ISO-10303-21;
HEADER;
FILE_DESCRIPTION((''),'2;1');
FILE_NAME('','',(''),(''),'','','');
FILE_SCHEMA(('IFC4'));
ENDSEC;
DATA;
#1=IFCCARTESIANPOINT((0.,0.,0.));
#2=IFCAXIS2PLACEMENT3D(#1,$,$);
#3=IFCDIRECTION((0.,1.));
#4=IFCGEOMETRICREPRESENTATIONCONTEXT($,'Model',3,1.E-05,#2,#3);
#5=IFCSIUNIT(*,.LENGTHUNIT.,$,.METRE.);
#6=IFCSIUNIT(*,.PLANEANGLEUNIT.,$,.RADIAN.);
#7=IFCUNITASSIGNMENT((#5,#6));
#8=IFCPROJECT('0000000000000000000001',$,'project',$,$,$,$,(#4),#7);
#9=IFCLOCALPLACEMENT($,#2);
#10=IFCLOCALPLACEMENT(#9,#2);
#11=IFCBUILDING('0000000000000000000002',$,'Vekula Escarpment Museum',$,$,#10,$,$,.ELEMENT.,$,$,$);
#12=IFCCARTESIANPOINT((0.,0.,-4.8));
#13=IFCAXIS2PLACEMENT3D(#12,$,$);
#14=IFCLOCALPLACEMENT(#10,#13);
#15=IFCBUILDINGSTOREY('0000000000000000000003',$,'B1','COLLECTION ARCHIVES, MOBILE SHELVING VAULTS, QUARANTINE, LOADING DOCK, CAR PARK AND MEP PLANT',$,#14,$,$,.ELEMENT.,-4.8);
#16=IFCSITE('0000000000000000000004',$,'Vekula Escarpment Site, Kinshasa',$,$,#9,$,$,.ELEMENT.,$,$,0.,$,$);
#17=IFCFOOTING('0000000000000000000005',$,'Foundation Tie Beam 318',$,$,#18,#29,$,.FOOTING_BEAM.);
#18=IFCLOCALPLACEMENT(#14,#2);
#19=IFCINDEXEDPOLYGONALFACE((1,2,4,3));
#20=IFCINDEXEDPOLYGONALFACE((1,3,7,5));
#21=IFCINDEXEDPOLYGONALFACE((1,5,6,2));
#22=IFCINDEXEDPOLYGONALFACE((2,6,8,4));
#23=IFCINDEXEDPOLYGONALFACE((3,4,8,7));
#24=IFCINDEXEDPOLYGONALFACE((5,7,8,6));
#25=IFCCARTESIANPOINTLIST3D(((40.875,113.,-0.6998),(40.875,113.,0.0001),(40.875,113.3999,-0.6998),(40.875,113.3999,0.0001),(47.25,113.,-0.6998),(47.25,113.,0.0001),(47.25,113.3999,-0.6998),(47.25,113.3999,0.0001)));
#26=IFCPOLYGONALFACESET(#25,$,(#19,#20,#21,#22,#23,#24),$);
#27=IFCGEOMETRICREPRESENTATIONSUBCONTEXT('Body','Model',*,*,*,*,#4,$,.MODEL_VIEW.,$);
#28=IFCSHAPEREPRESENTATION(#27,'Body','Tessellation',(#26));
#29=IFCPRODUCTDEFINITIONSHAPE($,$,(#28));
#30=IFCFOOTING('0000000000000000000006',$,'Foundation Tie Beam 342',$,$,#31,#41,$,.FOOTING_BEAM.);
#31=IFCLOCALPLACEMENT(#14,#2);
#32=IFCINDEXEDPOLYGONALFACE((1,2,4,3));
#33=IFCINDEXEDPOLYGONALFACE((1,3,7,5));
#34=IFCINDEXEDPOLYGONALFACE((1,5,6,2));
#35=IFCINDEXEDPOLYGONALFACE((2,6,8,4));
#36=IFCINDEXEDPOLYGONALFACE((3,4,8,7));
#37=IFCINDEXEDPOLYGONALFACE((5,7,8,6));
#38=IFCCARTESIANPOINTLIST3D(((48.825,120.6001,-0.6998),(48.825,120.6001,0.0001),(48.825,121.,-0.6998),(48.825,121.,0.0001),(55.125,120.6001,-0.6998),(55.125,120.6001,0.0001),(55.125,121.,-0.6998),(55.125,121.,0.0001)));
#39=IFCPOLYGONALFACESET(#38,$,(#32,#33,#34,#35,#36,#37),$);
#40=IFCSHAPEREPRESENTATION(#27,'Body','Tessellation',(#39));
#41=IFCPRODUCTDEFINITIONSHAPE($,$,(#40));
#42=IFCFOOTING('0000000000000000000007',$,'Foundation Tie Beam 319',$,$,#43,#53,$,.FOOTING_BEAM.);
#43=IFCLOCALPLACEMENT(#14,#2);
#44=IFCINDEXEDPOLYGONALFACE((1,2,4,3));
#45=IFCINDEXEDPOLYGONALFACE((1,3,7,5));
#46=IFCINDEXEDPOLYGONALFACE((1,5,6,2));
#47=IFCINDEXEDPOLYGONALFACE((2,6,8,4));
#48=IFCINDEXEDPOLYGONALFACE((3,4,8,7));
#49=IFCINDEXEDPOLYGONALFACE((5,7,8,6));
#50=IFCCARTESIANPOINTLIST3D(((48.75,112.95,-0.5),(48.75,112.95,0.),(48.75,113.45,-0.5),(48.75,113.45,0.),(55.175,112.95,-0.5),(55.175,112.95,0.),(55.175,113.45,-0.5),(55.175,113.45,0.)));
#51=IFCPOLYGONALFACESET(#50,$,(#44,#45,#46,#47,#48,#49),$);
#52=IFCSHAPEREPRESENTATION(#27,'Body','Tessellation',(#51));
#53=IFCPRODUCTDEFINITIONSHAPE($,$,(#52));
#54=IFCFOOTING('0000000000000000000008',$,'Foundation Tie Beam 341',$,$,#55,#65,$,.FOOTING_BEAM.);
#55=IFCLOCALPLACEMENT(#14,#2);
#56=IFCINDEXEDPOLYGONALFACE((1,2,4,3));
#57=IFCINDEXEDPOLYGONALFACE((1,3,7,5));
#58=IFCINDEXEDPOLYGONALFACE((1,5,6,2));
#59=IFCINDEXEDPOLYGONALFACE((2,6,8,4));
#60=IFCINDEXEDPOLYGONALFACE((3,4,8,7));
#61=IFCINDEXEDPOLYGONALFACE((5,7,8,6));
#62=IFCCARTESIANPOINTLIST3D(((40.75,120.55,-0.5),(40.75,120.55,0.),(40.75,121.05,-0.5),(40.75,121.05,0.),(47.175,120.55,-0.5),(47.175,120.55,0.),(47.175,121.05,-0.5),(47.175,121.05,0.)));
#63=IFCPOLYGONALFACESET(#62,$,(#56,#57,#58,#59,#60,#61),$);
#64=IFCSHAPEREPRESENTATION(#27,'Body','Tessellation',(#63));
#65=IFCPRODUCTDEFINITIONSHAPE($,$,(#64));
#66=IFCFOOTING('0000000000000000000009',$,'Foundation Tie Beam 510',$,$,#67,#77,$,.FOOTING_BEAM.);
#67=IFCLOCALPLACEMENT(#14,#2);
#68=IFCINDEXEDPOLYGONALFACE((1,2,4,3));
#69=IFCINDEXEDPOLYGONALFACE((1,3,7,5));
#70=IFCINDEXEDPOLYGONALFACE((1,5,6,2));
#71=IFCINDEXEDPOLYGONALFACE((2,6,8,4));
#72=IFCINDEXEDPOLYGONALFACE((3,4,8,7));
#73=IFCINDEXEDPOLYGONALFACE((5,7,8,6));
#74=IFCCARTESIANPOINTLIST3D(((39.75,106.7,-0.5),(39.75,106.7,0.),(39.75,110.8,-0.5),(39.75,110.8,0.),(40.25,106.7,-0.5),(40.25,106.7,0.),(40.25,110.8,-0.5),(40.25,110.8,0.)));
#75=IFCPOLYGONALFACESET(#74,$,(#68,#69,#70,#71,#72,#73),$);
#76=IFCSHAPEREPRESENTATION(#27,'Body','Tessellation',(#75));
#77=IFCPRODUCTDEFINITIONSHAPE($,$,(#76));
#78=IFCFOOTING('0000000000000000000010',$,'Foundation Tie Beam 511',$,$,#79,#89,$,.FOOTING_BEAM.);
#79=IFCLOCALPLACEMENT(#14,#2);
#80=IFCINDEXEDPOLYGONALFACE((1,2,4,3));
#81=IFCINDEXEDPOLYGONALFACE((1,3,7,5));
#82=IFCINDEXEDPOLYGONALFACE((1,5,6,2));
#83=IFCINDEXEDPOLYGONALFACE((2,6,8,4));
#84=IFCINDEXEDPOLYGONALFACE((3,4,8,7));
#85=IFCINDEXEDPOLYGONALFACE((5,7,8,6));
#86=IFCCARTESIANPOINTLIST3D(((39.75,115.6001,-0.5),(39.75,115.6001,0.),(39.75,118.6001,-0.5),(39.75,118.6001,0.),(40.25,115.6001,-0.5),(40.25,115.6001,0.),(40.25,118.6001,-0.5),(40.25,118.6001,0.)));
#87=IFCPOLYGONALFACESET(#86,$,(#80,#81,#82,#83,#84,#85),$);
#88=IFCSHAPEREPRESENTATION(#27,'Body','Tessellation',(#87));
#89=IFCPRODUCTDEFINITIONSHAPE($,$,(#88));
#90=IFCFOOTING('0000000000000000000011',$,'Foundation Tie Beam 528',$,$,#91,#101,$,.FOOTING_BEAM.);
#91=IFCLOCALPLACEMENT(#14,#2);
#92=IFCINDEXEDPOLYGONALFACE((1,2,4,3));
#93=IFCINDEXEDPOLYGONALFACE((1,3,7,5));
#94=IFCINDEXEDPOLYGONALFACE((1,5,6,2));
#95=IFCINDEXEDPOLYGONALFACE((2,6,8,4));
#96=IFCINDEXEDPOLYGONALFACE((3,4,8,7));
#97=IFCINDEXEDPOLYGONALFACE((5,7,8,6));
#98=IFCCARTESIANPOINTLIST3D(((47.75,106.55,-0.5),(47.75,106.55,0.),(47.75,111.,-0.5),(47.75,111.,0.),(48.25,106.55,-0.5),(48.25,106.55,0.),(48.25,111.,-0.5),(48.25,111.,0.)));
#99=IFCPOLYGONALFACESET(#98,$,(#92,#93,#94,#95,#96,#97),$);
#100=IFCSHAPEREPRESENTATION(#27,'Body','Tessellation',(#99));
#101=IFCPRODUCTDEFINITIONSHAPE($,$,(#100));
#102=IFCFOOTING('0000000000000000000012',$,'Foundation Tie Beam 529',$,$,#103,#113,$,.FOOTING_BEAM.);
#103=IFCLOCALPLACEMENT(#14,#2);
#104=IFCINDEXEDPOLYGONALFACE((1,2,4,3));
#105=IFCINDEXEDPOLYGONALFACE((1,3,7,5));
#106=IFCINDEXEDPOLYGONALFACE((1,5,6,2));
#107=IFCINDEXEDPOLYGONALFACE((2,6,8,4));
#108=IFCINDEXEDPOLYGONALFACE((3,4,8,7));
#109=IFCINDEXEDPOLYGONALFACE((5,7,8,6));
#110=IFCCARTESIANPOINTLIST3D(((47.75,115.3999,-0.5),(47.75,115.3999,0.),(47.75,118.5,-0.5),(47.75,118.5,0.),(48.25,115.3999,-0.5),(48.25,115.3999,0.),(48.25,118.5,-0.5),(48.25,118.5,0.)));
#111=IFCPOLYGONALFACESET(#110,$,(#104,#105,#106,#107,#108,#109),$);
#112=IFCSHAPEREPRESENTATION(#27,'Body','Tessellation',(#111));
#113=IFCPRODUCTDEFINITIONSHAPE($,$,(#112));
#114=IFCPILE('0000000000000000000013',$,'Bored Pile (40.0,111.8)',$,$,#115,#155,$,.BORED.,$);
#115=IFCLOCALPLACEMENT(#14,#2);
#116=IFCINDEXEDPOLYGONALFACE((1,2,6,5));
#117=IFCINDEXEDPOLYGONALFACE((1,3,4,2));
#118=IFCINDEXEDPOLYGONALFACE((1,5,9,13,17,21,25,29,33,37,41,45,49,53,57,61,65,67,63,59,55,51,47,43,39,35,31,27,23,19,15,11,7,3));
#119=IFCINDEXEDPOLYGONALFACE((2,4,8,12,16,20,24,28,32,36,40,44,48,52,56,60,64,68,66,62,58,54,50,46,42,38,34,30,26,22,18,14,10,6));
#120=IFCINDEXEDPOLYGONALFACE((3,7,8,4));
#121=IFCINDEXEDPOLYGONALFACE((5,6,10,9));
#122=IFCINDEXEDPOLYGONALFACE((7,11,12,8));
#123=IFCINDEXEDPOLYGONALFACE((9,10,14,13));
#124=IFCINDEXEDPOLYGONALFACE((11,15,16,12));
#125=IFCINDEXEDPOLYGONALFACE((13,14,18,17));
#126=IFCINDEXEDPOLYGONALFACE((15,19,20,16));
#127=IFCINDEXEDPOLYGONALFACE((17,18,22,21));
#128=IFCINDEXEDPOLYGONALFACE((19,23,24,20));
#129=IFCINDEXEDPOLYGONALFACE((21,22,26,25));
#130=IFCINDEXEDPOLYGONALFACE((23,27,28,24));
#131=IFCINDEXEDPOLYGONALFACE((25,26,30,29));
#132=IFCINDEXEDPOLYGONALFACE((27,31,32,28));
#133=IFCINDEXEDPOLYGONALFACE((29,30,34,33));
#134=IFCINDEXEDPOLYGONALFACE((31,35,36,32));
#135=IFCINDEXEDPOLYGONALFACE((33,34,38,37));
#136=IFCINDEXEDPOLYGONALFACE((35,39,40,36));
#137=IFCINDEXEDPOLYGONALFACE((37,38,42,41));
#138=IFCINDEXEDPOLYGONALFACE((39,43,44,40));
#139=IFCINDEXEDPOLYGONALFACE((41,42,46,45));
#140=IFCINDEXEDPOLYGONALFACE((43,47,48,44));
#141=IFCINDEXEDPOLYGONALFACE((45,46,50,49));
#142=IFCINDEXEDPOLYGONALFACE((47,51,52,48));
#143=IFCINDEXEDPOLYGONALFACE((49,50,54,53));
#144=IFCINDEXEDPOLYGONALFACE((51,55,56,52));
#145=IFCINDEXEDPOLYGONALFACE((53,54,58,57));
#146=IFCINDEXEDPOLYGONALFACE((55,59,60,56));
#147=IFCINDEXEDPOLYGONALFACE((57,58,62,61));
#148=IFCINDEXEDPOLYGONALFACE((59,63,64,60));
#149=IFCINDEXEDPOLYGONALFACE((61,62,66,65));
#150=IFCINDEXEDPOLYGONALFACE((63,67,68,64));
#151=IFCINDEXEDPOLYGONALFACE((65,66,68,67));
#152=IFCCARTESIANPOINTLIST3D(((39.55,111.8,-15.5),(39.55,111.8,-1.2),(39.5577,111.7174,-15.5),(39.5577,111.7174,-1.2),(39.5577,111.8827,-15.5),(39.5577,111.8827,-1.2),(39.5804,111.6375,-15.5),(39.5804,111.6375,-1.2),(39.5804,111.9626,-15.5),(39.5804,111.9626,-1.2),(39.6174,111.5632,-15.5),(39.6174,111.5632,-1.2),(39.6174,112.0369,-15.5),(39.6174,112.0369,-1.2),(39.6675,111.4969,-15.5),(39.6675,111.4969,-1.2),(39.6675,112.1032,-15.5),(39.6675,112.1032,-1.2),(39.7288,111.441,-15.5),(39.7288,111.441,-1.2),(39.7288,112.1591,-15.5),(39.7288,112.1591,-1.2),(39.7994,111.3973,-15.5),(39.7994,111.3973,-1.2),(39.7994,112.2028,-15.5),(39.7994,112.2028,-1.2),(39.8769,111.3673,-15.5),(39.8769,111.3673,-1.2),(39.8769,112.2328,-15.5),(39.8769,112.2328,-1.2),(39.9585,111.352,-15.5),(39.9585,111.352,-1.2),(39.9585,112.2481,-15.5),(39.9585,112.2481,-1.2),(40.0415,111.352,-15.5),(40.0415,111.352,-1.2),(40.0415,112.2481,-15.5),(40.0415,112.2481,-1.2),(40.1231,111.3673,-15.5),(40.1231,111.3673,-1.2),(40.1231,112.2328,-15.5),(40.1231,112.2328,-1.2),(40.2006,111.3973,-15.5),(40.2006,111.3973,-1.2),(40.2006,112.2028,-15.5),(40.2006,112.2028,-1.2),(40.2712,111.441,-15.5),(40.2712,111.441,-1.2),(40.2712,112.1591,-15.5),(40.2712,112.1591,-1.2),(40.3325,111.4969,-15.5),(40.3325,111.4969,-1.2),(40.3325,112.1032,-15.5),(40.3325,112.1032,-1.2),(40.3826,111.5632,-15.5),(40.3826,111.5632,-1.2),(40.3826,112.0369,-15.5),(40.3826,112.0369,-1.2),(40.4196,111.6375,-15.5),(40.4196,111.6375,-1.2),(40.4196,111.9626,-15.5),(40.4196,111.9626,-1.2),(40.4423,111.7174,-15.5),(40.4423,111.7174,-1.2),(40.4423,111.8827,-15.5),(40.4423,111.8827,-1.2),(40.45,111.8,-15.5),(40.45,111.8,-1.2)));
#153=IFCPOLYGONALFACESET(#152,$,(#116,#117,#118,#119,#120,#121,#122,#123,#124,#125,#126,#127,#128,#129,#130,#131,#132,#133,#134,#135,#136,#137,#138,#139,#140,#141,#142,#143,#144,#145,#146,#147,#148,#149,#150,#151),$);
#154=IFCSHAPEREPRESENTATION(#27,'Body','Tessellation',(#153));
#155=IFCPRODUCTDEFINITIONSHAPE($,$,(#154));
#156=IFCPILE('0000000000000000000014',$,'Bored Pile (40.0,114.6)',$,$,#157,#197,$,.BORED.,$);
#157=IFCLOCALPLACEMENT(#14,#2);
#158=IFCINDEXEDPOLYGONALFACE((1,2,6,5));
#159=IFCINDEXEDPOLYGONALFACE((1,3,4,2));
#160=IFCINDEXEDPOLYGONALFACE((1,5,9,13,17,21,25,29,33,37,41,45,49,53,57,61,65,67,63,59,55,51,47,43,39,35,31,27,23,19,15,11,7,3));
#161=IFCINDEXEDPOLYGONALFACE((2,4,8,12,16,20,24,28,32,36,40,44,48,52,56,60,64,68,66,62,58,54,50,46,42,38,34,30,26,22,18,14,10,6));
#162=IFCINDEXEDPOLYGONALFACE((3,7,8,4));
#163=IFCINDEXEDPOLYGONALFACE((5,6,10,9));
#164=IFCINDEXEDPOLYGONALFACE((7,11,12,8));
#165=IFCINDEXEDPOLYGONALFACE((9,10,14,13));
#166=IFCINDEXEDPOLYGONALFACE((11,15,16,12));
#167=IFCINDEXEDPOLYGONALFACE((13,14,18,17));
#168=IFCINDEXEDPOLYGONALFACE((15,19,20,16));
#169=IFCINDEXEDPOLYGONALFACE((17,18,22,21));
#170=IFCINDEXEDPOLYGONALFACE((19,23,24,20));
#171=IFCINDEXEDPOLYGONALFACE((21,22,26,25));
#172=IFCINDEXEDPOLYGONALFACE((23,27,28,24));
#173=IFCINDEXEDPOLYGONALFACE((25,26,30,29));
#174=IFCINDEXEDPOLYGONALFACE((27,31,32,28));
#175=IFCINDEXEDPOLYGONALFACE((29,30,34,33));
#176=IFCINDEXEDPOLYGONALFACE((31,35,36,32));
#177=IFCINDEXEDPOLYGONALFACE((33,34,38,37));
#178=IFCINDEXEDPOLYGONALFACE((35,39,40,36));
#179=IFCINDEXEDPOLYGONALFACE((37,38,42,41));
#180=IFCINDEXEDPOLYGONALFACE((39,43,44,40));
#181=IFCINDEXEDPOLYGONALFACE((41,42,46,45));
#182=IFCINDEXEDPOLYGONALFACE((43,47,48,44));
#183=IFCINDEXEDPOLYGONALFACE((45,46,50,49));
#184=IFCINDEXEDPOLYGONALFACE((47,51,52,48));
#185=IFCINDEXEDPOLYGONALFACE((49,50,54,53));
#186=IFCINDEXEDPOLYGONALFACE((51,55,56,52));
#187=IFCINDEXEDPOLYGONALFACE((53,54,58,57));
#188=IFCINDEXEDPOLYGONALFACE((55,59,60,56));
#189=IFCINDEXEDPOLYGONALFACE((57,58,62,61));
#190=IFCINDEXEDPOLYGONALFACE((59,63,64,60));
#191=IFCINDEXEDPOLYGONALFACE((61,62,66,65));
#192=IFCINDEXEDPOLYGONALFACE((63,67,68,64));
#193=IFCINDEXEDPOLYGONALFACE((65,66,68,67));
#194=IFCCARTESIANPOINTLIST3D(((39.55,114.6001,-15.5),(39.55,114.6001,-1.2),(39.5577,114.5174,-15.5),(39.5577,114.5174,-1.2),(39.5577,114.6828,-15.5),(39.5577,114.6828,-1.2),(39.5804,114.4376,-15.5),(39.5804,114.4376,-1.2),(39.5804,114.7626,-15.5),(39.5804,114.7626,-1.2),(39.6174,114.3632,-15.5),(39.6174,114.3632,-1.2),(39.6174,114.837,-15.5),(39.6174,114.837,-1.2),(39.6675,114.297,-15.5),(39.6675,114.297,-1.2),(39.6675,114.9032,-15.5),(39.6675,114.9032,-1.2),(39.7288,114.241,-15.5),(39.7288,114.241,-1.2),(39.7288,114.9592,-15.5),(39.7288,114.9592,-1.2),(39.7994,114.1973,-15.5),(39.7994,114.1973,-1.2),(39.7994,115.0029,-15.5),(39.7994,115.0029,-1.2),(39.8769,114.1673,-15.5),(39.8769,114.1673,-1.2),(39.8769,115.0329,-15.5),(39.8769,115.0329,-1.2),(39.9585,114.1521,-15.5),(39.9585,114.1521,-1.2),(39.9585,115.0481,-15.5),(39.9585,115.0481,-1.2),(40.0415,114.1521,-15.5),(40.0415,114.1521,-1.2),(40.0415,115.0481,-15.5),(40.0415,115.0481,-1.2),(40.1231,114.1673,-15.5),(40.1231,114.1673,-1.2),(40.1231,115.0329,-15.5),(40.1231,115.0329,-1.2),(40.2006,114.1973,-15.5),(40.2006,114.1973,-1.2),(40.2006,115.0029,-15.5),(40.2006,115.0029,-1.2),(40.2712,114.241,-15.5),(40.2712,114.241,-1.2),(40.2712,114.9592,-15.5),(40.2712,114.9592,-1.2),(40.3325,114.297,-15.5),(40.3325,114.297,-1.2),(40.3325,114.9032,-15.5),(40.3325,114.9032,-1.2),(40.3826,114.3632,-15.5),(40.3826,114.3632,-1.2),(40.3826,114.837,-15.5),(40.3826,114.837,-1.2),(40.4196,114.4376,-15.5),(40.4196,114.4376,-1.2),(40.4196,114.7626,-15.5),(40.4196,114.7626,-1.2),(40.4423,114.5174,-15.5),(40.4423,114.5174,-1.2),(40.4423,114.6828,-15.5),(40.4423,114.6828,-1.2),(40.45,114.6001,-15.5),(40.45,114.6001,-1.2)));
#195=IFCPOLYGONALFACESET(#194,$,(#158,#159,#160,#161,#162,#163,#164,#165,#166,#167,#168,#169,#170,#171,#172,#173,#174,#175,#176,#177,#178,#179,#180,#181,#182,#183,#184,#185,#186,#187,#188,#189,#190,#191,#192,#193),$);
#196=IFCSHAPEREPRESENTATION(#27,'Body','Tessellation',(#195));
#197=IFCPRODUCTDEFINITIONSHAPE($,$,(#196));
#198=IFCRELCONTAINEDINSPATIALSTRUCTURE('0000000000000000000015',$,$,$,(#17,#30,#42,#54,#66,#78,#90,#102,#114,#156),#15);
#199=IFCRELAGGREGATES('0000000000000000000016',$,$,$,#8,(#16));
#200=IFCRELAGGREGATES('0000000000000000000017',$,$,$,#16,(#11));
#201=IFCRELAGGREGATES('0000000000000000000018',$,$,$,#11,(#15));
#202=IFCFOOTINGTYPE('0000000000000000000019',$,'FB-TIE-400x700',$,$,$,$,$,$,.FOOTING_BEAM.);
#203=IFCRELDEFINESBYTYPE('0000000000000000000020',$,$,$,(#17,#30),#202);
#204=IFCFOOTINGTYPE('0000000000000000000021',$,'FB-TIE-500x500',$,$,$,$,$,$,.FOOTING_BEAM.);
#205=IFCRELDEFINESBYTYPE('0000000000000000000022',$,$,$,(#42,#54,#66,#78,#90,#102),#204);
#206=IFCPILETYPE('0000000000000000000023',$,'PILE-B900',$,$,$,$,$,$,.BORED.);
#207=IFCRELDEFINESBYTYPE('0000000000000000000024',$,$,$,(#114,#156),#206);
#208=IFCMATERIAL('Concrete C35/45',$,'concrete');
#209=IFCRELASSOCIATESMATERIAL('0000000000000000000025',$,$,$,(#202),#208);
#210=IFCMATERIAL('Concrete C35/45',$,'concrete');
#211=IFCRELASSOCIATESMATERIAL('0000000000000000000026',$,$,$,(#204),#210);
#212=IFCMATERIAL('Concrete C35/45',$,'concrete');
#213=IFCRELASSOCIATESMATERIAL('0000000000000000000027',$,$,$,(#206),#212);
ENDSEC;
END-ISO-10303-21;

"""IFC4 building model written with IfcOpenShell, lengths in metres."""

from ifc_helpers import new_model, si_unit, direction, frame, origin, origin_2d, place, context, subcontext, project, spatial, rectangle, circle, extrude, material, material_profile, profile_set, type_object, element, save


model = new_model("IFC4")

# Units and contexts
model_context = context("Model", 3, precision=1e-05, world=origin(), true_north=direction((0.0, 1.0)))
body_context = subcontext(model_context, "Body", "Model", "MODEL_VIEW")
ifc_project = project(units=[si_unit("LENGTHUNIT", "METRE"), si_unit("PLANEANGLEUNIT", "RADIAN")], contexts=[model_context])

# Site, building, storey
site_placement = place(None, origin())
site = spatial("IfcSite", under=ifc_project, at=site_placement, Name="Vekula Escarpment Site, Kinshasa", CompositionType="ELEMENT", RefElevation=0.0)
building_placement = place(site_placement, origin())
building = spatial("IfcBuilding", under=site, at=building_placement, Name="Vekula Escarpment Museum", CompositionType="ELEMENT")
storey_placement = place(building_placement, frame((0.0, 0.0, -4.8)))
storey = spatial("IfcBuildingStorey", under=building, at=storey_placement, Name="B1", Description="COLLECTION ARCHIVES, MOBILE SHELVING VAULTS, QUARANTINE, LOADING DOCK, CAR PARK AND MEP PLANT", CompositionType="ELEMENT", Elevation=-4.8)

# Footings
ifc_material_1 = material(Name="Concrete C35/45", Category="concrete")
ifc_material_profile_1 = material_profile(ifc_material_1, rectangle(XDim=0.3999, YDim=0.7, at=origin_2d()), Name="RC 400x700")
ifc_profile_set_1 = profile_set([ifc_material_profile_1], Name="Concrete C35/45")
footing_type_1 = type_object("IfcFootingType", Name="FB-TIE-400x700", PredefinedType="FOOTING_BEAM", material=ifc_profile_set_1)
footing_1_placement = place(storey_placement, frame((40.875, 113.2, -0.3499), z_axis=(1.0, 0.0, 0.0), x_axis=(0.0, 1.0, 0.0)))
element("IfcFooting", 1, at=footing_1_placement, inside=storey, type_object=footing_type_1, Name="Foundation Tie Beam 318", PredefinedType="FOOTING_BEAM", context=body_context, shape_type="SweptSolid", body=[
    extrude(rectangle(XDim=0.3999, YDim=0.7, at=origin_2d()), origin(), (0.0, 0.0, 1.0), 6.375),
])
footing_2_placement = place(storey_placement, frame((48.825, 120.8, -0.3499), z_axis=(1.0, 0.0, 0.0), x_axis=(0.0, 1.0, 0.0)))
element("IfcFooting", 2, at=footing_2_placement, inside=storey, type_object=footing_type_1, Name="Foundation Tie Beam 342", PredefinedType="FOOTING_BEAM", context=body_context, shape_type="SweptSolid", body=[
    extrude(rectangle(XDim=0.3999, YDim=0.7, at=origin_2d()), origin(), (0.0, 0.0, 1.0), 6.3),
])
ifc_material_2 = material(Name="Concrete C35/45", Category="concrete")
ifc_material_profile_2 = material_profile(ifc_material_2, rectangle(XDim=0.5, YDim=0.5, at=origin_2d()), Name="RC 500x500")
ifc_profile_set_2 = profile_set([ifc_material_profile_2], Name="Concrete C35/45")
footing_type_2 = type_object("IfcFootingType", Name="FB-TIE-500x500", PredefinedType="FOOTING_BEAM", material=ifc_profile_set_2)
for number, where, z_axis, x_axis, name in (
    (3, (48.75, 113.2, -0.25), (1.0, 0.0, 0.0), (0.0, 1.0, 0.0), "Foundation Tie Beam 319"),
    (4, (40.75, 120.8, -0.25), (1.0, 0.0, 0.0), (0.0, 1.0, 0.0), "Foundation Tie Beam 341"),
):
    element("IfcFooting", number, at=place(storey_placement, frame(where, z_axis=z_axis, x_axis=x_axis)), inside=storey, type_object=footing_type_2, Name=name, PredefinedType="FOOTING_BEAM", context=body_context, shape_type="SweptSolid", body=[
        extrude(rectangle(XDim=0.5, YDim=0.5, at=origin_2d()), origin(), (0.0, 0.0, 1.0), 6.425),
    ])
footing_3_placement = place(storey_placement, frame((40.0, 106.7, -0.25), z_axis=(0.0, 1.0, 0.0), x_axis=(-1.0, 0.0, 0.0)))
element("IfcFooting", 5, at=footing_3_placement, inside=storey, type_object=footing_type_2, Name="Foundation Tie Beam 510", PredefinedType="FOOTING_BEAM", context=body_context, shape_type="SweptSolid", body=[
    extrude(rectangle(XDim=0.5, YDim=0.5, at=origin_2d()), origin(), (0.0, 0.0, 1.0), 4.1001),
])
footing_4_placement = place(storey_placement, frame((40.0, 115.6001, -0.25), z_axis=(0.0, 1.0, 0.0), x_axis=(-1.0, 0.0, 0.0)))
element("IfcFooting", 6, at=footing_4_placement, inside=storey, type_object=footing_type_2, Name="Foundation Tie Beam 511", PredefinedType="FOOTING_BEAM", context=body_context, shape_type="SweptSolid", body=[
    extrude(rectangle(XDim=0.5, YDim=0.5, at=origin_2d()), origin(), (0.0, 0.0, 1.0), 3.0),
])
footing_5_placement = place(storey_placement, frame((48.0, 106.55, -0.25), z_axis=(0.0, 1.0, 0.0), x_axis=(-1.0, 0.0, 0.0)))
element("IfcFooting", 7, at=footing_5_placement, inside=storey, type_object=footing_type_2, Name="Foundation Tie Beam 528", PredefinedType="FOOTING_BEAM", context=body_context, shape_type="SweptSolid", body=[
    extrude(rectangle(XDim=0.5, YDim=0.5, at=origin_2d()), origin(), (0.0, 0.0, 1.0), 4.45),
])
footing_6_placement = place(storey_placement, frame((48.0, 115.3999, -0.25), z_axis=(0.0, 1.0, 0.0), x_axis=(-1.0, 0.0, 0.0)))
element("IfcFooting", 8, at=footing_6_placement, inside=storey, type_object=footing_type_2, Name="Foundation Tie Beam 529", PredefinedType="FOOTING_BEAM", context=body_context, shape_type="SweptSolid", body=[
    extrude(rectangle(XDim=0.5, YDim=0.5, at=origin_2d()), origin(), (0.0, 0.0, 1.0), 3.1001),
])

# Piles
ifc_material_3 = material(Name="Concrete C35/45", Category="concrete")
ifc_material_profile_3 = material_profile(ifc_material_3, circle(Radius=0.45, at=origin_2d()), Name="BORED PILE 900")
ifc_profile_set_3 = profile_set([ifc_material_profile_3], Name="Concrete C35/45")
pile_type = type_object("IfcPileType", Name="PILE-B900", PredefinedType="BORED", material=ifc_profile_set_3)
for number, where, z_axis, x_axis, name in (
    (9, (40.0, 111.8, -1.2), (0.0, 0.0, -1.0), (1.0, 0.0, 0.0), "Bored Pile (40.0,111.8)"),
    (10, (40.0, 114.6001, -1.2), (0.0, 0.0, -1.0), (1.0, 0.0, 0.0), "Bored Pile (40.0,114.6)"),
):
    element("IfcPile", number, at=place(storey_placement, frame(where, z_axis=z_axis, x_axis=x_axis)), inside=storey, type_object=pile_type, Name=name, PredefinedType="BORED", context=body_context, shape_type="SweptSolid", body=[
        extrude(circle(Radius=0.45, at=origin_2d()), origin(), (0.0, 0.0, 1.0), 14.3),
    ])

save(model, "model.ifc")
